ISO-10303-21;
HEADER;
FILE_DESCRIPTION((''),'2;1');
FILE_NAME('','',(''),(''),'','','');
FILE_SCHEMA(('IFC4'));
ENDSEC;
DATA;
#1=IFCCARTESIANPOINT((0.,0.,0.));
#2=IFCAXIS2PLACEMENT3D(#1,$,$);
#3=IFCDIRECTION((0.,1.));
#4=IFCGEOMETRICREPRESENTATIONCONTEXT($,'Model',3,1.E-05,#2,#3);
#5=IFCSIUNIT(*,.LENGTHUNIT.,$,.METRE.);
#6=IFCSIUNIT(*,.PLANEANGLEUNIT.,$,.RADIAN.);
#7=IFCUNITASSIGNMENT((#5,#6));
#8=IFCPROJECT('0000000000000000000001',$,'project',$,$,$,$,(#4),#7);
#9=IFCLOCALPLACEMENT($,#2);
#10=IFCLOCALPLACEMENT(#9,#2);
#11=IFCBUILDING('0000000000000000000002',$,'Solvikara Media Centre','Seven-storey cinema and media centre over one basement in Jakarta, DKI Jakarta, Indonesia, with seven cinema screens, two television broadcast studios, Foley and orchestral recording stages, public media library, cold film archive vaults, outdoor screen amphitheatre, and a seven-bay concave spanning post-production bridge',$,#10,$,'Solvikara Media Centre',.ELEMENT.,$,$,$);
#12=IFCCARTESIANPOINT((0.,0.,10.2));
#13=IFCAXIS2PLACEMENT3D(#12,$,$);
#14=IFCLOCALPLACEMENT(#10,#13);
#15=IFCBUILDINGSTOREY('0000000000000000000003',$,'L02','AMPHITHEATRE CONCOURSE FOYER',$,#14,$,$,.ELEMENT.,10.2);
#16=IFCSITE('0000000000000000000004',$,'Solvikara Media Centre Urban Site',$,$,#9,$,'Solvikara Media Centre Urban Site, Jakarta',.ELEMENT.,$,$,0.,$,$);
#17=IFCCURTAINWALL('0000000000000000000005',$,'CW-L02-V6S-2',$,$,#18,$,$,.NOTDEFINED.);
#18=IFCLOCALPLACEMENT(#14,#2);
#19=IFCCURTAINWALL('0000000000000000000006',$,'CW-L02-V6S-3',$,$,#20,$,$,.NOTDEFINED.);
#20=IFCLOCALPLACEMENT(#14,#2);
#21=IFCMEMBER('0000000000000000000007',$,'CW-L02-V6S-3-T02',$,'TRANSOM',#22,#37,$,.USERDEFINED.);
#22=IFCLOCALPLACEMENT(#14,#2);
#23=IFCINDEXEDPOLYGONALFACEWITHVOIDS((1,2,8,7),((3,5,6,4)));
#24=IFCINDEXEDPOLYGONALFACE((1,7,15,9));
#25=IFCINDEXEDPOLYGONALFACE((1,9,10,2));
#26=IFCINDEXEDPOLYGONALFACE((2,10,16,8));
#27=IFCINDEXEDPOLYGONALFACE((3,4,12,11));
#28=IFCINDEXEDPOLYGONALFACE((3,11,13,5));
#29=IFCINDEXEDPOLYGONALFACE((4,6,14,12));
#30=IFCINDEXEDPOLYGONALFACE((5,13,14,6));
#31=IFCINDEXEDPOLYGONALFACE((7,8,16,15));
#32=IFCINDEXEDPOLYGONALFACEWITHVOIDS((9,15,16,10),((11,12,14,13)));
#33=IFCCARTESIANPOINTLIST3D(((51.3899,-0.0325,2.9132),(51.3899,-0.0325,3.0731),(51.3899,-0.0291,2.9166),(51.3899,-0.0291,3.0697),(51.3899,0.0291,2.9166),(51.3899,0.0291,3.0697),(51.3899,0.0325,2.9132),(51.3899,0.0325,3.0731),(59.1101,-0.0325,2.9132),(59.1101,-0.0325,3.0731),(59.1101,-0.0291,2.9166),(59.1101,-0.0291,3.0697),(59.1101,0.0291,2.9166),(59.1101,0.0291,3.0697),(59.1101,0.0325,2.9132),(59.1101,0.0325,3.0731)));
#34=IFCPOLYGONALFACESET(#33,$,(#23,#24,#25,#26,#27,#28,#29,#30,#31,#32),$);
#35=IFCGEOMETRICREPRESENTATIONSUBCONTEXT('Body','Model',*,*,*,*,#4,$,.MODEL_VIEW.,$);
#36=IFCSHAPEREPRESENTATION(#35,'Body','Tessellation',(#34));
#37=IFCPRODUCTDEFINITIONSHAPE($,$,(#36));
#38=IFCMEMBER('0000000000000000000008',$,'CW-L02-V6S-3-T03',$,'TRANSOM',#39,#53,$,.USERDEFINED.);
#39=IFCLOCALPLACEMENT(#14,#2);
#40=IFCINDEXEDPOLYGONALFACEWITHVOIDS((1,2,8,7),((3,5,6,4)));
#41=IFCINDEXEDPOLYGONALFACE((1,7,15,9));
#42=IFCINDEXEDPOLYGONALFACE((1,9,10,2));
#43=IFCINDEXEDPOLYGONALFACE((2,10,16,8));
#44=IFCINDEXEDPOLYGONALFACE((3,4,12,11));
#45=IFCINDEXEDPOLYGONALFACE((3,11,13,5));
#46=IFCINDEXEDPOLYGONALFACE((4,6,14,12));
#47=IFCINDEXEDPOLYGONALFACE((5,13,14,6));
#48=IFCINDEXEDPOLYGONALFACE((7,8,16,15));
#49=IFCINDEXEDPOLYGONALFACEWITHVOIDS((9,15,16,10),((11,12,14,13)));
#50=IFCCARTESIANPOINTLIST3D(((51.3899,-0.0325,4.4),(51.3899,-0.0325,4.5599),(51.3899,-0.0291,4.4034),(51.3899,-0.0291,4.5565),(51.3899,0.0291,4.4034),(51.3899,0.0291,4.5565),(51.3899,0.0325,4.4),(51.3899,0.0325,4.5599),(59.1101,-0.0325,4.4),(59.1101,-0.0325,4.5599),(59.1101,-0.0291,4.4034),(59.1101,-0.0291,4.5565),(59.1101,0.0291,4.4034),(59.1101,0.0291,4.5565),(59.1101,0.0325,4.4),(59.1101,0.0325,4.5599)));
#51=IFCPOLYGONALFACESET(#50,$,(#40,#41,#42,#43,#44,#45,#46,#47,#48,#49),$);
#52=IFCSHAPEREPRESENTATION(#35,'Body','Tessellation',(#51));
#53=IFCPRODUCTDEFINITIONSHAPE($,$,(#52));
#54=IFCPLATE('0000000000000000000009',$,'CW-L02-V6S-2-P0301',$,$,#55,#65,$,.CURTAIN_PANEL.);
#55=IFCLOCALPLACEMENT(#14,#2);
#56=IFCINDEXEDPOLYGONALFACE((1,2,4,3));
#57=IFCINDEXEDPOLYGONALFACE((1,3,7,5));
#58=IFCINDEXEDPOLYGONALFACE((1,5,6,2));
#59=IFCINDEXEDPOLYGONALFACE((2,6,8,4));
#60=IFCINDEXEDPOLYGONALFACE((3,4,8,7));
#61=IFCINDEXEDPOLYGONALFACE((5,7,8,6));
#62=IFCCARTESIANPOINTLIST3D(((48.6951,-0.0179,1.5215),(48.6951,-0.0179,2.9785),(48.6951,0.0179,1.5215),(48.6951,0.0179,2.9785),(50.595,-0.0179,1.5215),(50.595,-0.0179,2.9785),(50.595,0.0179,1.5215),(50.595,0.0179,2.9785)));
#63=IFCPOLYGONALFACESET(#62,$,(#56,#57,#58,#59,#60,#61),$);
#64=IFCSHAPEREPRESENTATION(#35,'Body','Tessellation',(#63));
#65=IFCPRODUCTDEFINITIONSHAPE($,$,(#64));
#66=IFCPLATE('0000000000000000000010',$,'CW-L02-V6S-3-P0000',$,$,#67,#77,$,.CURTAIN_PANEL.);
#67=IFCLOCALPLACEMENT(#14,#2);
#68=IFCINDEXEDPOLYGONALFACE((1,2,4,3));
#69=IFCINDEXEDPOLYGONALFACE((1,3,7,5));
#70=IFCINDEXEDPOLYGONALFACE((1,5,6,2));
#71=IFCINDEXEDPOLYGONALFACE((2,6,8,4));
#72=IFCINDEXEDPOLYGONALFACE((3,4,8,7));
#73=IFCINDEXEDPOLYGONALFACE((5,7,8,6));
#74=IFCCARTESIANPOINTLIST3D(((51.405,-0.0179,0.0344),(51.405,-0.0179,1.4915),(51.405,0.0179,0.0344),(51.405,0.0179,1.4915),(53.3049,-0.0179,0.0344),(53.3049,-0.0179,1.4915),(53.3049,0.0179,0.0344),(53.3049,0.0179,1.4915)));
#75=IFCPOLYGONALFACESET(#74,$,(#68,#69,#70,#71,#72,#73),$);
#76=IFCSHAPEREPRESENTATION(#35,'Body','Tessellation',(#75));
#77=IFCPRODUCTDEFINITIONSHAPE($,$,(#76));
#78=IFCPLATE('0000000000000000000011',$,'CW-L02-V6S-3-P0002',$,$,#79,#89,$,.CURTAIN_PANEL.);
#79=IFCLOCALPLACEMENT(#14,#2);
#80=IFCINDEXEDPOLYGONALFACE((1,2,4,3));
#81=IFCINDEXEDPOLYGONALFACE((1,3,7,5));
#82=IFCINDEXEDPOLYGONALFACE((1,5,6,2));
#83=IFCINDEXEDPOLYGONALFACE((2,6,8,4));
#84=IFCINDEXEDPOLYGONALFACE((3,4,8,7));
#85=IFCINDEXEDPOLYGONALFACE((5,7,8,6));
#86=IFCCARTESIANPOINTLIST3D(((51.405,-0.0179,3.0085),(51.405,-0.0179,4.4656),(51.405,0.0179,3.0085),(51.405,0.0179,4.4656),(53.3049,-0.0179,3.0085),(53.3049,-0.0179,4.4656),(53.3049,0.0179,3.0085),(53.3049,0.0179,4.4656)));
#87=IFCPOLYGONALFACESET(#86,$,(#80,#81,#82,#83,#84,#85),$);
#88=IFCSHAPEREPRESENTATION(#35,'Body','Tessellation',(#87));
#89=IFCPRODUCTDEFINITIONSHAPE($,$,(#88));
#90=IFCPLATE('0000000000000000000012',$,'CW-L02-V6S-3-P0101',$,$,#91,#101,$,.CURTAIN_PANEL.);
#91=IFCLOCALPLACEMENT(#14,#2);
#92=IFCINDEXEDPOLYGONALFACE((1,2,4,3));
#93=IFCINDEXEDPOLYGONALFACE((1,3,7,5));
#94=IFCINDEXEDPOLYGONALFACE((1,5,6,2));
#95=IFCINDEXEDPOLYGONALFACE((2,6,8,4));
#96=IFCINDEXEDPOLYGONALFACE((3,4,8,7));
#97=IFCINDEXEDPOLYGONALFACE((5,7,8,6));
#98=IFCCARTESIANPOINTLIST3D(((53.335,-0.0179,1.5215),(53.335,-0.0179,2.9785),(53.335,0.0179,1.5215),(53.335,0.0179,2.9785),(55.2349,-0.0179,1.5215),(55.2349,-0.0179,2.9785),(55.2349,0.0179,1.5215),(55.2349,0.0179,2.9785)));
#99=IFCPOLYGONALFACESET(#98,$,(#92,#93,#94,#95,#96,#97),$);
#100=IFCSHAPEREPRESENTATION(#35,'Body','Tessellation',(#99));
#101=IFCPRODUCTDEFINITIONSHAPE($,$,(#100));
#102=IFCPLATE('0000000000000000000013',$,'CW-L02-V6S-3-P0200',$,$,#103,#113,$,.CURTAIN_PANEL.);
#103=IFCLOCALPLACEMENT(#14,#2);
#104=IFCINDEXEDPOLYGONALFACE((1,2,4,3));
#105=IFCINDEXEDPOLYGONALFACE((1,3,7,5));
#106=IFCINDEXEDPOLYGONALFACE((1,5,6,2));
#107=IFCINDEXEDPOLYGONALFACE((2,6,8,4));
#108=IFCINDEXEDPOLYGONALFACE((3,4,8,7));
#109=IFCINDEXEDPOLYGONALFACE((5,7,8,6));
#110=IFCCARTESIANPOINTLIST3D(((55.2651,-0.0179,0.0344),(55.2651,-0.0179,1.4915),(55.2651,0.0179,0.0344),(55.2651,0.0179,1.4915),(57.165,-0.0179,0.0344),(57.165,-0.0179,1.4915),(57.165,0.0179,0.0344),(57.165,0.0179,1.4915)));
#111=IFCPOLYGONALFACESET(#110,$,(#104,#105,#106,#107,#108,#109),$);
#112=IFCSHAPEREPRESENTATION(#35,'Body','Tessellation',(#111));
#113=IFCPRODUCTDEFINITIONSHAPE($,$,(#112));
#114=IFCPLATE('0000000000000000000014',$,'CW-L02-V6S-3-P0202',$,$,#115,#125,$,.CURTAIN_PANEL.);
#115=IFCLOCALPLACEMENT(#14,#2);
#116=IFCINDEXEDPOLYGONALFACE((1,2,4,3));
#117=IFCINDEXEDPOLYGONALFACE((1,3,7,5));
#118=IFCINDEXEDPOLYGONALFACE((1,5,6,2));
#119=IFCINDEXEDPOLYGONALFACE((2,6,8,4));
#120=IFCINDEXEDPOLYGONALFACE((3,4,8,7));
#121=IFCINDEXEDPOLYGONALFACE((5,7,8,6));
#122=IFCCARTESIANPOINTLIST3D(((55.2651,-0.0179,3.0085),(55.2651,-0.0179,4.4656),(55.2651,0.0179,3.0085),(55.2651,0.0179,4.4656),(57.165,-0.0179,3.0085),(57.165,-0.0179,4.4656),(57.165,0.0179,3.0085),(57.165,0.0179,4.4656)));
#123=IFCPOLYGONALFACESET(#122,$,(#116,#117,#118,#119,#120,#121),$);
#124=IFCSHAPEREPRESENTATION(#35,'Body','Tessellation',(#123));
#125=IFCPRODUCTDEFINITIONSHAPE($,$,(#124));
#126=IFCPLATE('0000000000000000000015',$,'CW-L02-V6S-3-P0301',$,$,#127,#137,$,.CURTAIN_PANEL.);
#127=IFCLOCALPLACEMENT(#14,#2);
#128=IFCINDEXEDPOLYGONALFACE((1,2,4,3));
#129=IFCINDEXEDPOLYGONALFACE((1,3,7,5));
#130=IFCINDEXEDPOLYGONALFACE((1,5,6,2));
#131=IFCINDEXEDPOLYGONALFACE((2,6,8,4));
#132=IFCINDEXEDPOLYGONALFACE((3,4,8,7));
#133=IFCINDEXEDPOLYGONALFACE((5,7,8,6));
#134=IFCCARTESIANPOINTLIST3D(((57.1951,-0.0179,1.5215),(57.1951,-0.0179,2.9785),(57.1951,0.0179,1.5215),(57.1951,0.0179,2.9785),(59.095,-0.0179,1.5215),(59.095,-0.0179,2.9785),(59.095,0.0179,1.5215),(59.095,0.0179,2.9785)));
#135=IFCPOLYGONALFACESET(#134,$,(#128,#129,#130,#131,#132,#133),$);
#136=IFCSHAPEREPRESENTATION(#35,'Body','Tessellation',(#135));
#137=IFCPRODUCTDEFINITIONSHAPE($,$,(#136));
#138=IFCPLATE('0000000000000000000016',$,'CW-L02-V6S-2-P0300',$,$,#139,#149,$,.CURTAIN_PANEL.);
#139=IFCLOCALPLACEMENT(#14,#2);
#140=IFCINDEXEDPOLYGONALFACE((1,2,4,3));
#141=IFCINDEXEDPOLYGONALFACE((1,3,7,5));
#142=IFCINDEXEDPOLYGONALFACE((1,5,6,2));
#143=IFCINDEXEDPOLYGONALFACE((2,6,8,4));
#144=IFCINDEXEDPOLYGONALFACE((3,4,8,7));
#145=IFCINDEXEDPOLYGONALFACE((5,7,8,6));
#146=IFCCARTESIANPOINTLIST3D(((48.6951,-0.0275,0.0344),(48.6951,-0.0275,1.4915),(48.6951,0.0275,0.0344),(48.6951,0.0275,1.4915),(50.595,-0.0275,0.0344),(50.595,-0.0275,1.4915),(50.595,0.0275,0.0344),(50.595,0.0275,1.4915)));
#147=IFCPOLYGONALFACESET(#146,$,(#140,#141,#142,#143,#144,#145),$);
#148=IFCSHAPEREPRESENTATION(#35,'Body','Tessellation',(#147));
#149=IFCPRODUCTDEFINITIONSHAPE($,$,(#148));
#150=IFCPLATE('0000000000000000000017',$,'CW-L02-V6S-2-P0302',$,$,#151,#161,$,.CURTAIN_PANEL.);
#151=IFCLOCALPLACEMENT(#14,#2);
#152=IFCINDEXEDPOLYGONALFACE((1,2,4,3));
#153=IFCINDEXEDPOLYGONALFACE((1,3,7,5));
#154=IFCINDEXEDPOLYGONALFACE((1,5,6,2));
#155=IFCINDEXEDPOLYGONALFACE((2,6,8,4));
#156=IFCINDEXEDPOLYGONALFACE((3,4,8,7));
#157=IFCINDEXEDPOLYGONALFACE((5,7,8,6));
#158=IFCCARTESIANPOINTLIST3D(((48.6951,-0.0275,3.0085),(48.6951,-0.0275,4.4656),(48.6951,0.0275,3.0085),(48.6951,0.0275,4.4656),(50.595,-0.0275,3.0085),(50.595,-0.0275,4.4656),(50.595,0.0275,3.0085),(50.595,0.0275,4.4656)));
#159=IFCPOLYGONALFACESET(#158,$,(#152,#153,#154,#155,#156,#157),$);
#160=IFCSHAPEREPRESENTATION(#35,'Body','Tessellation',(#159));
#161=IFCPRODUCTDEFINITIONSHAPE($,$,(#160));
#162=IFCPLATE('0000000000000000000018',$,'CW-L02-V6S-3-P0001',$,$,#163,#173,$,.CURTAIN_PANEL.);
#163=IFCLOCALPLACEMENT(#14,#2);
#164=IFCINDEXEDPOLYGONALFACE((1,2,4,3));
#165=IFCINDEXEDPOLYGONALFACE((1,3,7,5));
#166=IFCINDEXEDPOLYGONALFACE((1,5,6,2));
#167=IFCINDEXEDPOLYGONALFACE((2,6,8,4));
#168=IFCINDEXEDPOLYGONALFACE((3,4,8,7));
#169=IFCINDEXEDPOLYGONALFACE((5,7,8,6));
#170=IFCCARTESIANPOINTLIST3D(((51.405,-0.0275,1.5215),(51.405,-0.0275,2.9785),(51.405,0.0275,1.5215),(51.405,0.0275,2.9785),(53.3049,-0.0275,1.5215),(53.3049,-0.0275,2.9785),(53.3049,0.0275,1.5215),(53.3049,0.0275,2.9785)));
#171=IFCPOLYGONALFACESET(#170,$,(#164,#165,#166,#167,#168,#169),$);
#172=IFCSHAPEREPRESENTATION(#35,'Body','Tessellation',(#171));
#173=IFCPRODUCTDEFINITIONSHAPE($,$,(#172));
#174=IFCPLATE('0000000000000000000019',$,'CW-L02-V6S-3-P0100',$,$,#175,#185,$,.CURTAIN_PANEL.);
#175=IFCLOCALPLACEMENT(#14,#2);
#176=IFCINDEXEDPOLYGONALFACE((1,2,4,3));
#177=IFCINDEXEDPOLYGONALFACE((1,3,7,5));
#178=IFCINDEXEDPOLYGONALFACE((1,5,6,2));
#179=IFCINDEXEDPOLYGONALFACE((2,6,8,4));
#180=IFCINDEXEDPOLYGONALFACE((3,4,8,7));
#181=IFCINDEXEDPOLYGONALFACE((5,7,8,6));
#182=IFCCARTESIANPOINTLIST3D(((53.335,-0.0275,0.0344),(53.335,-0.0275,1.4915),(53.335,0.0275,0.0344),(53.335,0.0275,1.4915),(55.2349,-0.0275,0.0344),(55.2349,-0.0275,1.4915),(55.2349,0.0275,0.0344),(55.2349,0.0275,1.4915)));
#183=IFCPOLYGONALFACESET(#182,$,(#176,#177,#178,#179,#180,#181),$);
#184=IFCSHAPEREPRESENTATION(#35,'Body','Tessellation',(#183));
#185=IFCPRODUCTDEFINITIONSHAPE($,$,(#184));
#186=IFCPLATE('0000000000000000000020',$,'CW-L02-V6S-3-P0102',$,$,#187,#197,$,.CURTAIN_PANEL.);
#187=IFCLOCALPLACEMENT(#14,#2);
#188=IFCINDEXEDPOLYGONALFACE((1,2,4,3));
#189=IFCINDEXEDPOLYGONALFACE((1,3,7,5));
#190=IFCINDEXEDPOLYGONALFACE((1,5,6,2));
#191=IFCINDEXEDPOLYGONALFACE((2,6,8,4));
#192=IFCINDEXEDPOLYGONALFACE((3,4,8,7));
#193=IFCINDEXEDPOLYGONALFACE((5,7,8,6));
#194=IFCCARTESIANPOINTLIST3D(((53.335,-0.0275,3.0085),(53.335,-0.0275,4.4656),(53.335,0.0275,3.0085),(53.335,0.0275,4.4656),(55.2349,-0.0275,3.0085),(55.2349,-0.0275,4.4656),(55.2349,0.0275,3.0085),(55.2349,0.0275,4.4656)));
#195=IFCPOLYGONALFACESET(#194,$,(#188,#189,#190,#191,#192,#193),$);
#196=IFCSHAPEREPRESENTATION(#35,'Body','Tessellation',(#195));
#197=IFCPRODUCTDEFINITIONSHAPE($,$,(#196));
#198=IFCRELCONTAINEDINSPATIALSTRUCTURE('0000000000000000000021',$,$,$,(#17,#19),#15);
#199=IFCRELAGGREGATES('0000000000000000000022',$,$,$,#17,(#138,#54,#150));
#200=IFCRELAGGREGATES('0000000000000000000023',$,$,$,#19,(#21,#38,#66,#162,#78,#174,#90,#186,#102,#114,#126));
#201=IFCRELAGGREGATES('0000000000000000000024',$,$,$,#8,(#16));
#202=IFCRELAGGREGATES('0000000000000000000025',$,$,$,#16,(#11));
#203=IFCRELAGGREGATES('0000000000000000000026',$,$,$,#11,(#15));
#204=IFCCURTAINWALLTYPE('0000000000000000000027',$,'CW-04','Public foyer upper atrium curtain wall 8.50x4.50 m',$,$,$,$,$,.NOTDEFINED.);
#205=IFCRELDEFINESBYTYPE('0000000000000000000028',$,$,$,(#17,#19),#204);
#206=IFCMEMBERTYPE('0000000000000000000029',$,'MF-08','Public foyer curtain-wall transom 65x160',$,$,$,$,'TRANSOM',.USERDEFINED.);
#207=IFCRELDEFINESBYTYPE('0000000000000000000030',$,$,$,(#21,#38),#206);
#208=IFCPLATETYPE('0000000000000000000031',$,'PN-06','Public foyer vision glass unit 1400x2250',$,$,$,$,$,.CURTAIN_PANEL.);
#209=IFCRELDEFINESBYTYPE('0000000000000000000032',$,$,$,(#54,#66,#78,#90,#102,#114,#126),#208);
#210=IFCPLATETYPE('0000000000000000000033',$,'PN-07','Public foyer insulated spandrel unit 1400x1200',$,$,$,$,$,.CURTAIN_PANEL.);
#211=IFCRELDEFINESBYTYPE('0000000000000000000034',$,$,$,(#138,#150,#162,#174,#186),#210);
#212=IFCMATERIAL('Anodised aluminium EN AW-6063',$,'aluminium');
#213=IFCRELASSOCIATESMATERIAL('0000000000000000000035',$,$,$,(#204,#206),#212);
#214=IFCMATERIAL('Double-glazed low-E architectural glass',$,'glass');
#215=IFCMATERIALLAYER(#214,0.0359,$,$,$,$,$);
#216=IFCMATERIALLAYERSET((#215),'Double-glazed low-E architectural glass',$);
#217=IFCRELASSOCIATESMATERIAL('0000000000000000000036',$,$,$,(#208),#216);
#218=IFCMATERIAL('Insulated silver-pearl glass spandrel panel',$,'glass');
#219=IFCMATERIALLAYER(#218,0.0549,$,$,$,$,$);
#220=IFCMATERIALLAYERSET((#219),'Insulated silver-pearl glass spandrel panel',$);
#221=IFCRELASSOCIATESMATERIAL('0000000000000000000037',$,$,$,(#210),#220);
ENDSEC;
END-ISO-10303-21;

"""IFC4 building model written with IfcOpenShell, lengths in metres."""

from ifc_helpers import new_model, si_unit, direction, frame, origin, origin_2d, place, context, subcontext, project, spatial, rectangle, hollow_rectangle, extrude, material, layer, layer_set, material_profile, profile_set, type_object, element, aggregate, save


model = new_model("IFC4")

# Units and contexts
model_context = context("Model", 3, precision=1e-05, world=origin(), true_north=direction((0.0, 1.0)))
body_context = subcontext(model_context, "Body", "Model", "MODEL_VIEW")
ifc_project = project(units=[si_unit("LENGTHUNIT", "METRE"), si_unit("PLANEANGLEUNIT", "RADIAN")], contexts=[model_context])

# Site, building, storey
site_placement = place(None, origin())
site = spatial("IfcSite", under=ifc_project, at=site_placement, Name="Solvikara Media Centre Urban Site", LongName="Solvikara Media Centre Urban Site, Jakarta", CompositionType="ELEMENT", RefElevation=0.0)
building_placement = place(site_placement, origin())
building = spatial("IfcBuilding", under=site, at=building_placement, Name="Solvikara Media Centre", Description="Seven-storey cinema and media centre over one basement in Jakarta, DKI Jakarta, Indonesia, with seven cinema screens, two television broadcast studios, Foley and orchestral recording stages, public media library, cold film archive vaults, outdoor screen amphitheatre, and a seven-bay concave spanning post-production bridge", LongName="Solvikara Media Centre", CompositionType="ELEMENT")
storey_placement = place(building_placement, frame((0.0, 0.0, 10.2)))
storey = spatial("IfcBuildingStorey", under=building, at=storey_placement, Name="L02", Description="AMPHITHEATRE CONCOURSE FOYER", CompositionType="ELEMENT", Elevation=10.2)

# Curtain wall
ifc_material_1 = material(Name="Anodised aluminium EN AW-6063", Category="aluminium")
curtain_wall_type = type_object("IfcCurtainWallType", Name="CW-04", Description="Public foyer upper atrium curtain wall 8.50x4.50 m", PredefinedType="NOTDEFINED", material=ifc_material_1)
curtain_wall_1_placement = place(storey_placement, origin())
curtain_wall_1 = element("IfcCurtainWall", 1, at=curtain_wall_1_placement, inside=storey, type_object=curtain_wall_type, Name="CW-L02-V6S-2", PredefinedType="NOTDEFINED")

# Curtain wall, members
curtain_wall_2_placement = place(storey_placement, origin())
curtain_wall_2 = element("IfcCurtainWall", 2, at=curtain_wall_2_placement, inside=storey, type_object=curtain_wall_type, Name="CW-L02-V6S-3", PredefinedType="NOTDEFINED")
ifc_material_profile_1 = material_profile(ifc_material_1, hollow_rectangle(XDim=0.0649, YDim=0.1599, WallThickness=0.0034, at=origin_2d()), Name="ALU-T 65x160x3.5")
ifc_profile_set_1 = profile_set([ifc_material_profile_1], Name="Anodised aluminium EN AW-6063")
member_type_1 = type_object("IfcMemberType", Name="MF-08", Description="Public foyer curtain-wall transom 65x160", ElementType="TRANSOM", PredefinedType="USERDEFINED", material=ifc_profile_set_1)
member_1_placement = place(storey_placement, frame((51.3899, 0.0, 2.9932), z_axis=(1.0, 0.0, 0.0), x_axis=(0.0, 1.0, 0.0)))
member_1 = element("IfcMember", 3, at=member_1_placement, type_object=member_type_1, Name="CW-L02-V6S-3-T02", ObjectType="TRANSOM", PredefinedType="USERDEFINED", context=body_context, shape_type="SweptSolid", body=[
    extrude(hollow_rectangle(XDim=0.0649, YDim=0.1599, WallThickness=0.0034, at=origin_2d()), origin(), (0.0, 0.0, 1.0), 7.7202),
])
member_2_placement = place(storey_placement, frame((51.3899, 0.0, 4.48), z_axis=(1.0, 0.0, 0.0), x_axis=(0.0, 1.0, 0.0)))
member_2 = element("IfcMember", 4, at=member_2_placement, type_object=member_type_1, Name="CW-L02-V6S-3-T03", ObjectType="TRANSOM", PredefinedType="USERDEFINED", context=body_context, shape_type="SweptSolid", body=[
    extrude(hollow_rectangle(XDim=0.0649, YDim=0.1599, WallThickness=0.0034, at=origin_2d()), origin(), (0.0, 0.0, 1.0), 7.7202),
])

# Plates
ifc_material_2 = material(Name="Double-glazed low-E architectural glass", Category="glass")
ifc_layer_1 = layer(ifc_material_2, 0.0359)
ifc_layer_set_1 = layer_set([ifc_layer_1], Name="Double-glazed low-E architectural glass")
plate_type_1 = type_object("IfcPlateType", Name="PN-06", Description="Public foyer vision glass unit 1400x2250", PredefinedType="CURTAIN_PANEL", material=ifc_layer_set_1)
plate_1_placement = place(storey_placement, frame((49.645, 0.0, 1.5215), z_axis=(0.0, 0.0, 1.0), x_axis=(1.0, 0.0, 0.0)))
plate_1 = element("IfcPlate", 5, at=plate_1_placement, type_object=plate_type_1, Name="CW-L02-V6S-2-P0301", PredefinedType="CURTAIN_PANEL", context=body_context, shape_type="SweptSolid", body=[
    extrude(rectangle(XDim=1.8999, YDim=0.0359, at=origin_2d()), origin(), (0.0, 0.0, 1.0), 1.457),
])
plate_2_placement = place(storey_placement, frame((52.355, 0.0, 0.0344), z_axis=(0.0, 0.0, 1.0), x_axis=(1.0, 0.0, 0.0)))
plate_2 = element("IfcPlate", 6, at=plate_2_placement, type_object=plate_type_1, Name="CW-L02-V6S-3-P0000", PredefinedType="CURTAIN_PANEL", context=body_context, shape_type="SweptSolid", body=[
    extrude(rectangle(XDim=1.8999, YDim=0.0359, at=origin_2d()), origin(), (0.0, 0.0, 1.0), 1.457),
])
plate_3_placement = place(storey_placement, frame((52.355, 0.0, 3.0085), z_axis=(0.0, 0.0, 1.0), x_axis=(1.0, 0.0, 0.0)))
plate_3 = element("IfcPlate", 7, at=plate_3_placement, type_object=plate_type_1, Name="CW-L02-V6S-3-P0002", PredefinedType="CURTAIN_PANEL", context=body_context, shape_type="SweptSolid", body=[
    extrude(rectangle(XDim=1.8999, YDim=0.0359, at=origin_2d()), origin(), (0.0, 0.0, 1.0), 1.457),
])
plate_4_placement = place(storey_placement, frame((54.2849, 0.0, 1.5215), z_axis=(0.0, 0.0, 1.0), x_axis=(1.0, 0.0, 0.0)))
plate_4 = element("IfcPlate", 8, at=plate_4_placement, type_object=plate_type_1, Name="CW-L02-V6S-3-P0101", PredefinedType="CURTAIN_PANEL", context=body_context, shape_type="SweptSolid", body=[
    extrude(rectangle(XDim=1.8999, YDim=0.0359, at=origin_2d()), origin(), (0.0, 0.0, 1.0), 1.457),
])
plate_5_placement = place(storey_placement, frame((56.2151, 0.0, 0.0344), z_axis=(0.0, 0.0, 1.0), x_axis=(1.0, 0.0, 0.0)))
plate_5 = element("IfcPlate", 9, at=plate_5_placement, type_object=plate_type_1, Name="CW-L02-V6S-3-P0200", PredefinedType="CURTAIN_PANEL", context=body_context, shape_type="SweptSolid", body=[
    extrude(rectangle(XDim=1.8999, YDim=0.0359, at=origin_2d()), origin(), (0.0, 0.0, 1.0), 1.457),
])
plate_6_placement = place(storey_placement, frame((56.2151, 0.0, 3.0085), z_axis=(0.0, 0.0, 1.0), x_axis=(1.0, 0.0, 0.0)))
plate_6 = element("IfcPlate", 10, at=plate_6_placement, type_object=plate_type_1, Name="CW-L02-V6S-3-P0202", PredefinedType="CURTAIN_PANEL", context=body_context, shape_type="SweptSolid", body=[
    extrude(rectangle(XDim=1.8999, YDim=0.0359, at=origin_2d()), origin(), (0.0, 0.0, 1.0), 1.457),
])
plate_7_placement = place(storey_placement, frame((58.145, 0.0, 1.5215), z_axis=(0.0, 0.0, 1.0), x_axis=(1.0, 0.0, 0.0)))
plate_7 = element("IfcPlate", 11, at=plate_7_placement, type_object=plate_type_1, Name="CW-L02-V6S-3-P0301", PredefinedType="CURTAIN_PANEL", context=body_context, shape_type="SweptSolid", body=[
    extrude(rectangle(XDim=1.8999, YDim=0.0359, at=origin_2d()), origin(), (0.0, 0.0, 1.0), 1.457),
])
ifc_material_3 = material(Name="Insulated silver-pearl glass spandrel panel", Category="glass")
ifc_layer_2 = layer(ifc_material_3, 0.0549)
ifc_layer_set_2 = layer_set([ifc_layer_2], Name="Insulated silver-pearl glass spandrel panel")
plate_type_2 = type_object("IfcPlateType", Name="PN-07", Description="Public foyer insulated spandrel unit 1400x1200", PredefinedType="CURTAIN_PANEL", material=ifc_layer_set_2)
plate_8_placement = place(storey_placement, frame((49.645, 0.0, 0.0344), z_axis=(0.0, 0.0, 1.0), x_axis=(1.0, 0.0, 0.0)))
plate_8 = element("IfcPlate", 12, at=plate_8_placement, type_object=plate_type_2, Name="CW-L02-V6S-2-P0300", PredefinedType="CURTAIN_PANEL", context=body_context, shape_type="SweptSolid", body=[
    extrude(rectangle(XDim=1.8999, YDim=0.0549, at=origin_2d()), origin(), (0.0, 0.0, 1.0), 1.457),
])
plate_9_placement = place(storey_placement, frame((49.645, 0.0, 3.0085), z_axis=(0.0, 0.0, 1.0), x_axis=(1.0, 0.0, 0.0)))
plate_9 = element("IfcPlate", 13, at=plate_9_placement, type_object=plate_type_2, Name="CW-L02-V6S-2-P0302", PredefinedType="CURTAIN_PANEL", context=body_context, shape_type="SweptSolid", body=[
    extrude(rectangle(XDim=1.8999, YDim=0.0549, at=origin_2d()), origin(), (0.0, 0.0, 1.0), 1.457),
])
aggregate(curtain_wall_1, [plate_8, plate_1, plate_9])
plate_10_placement = place(storey_placement, frame((52.355, 0.0, 1.5215), z_axis=(0.0, 0.0, 1.0), x_axis=(1.0, 0.0, 0.0)))
plate_10 = element("IfcPlate", 14, at=plate_10_placement, type_object=plate_type_2, Name="CW-L02-V6S-3-P0001", PredefinedType="CURTAIN_PANEL", context=body_context, shape_type="SweptSolid", body=[
    extrude(rectangle(XDim=1.8999, YDim=0.0549, at=origin_2d()), origin(), (0.0, 0.0, 1.0), 1.457),
])
plate_11_placement = place(storey_placement, frame((54.2849, 0.0, 0.0344), z_axis=(0.0, 0.0, 1.0), x_axis=(1.0, 0.0, 0.0)))
plate_11 = element("IfcPlate", 15, at=plate_11_placement, type_object=plate_type_2, Name="CW-L02-V6S-3-P0100", PredefinedType="CURTAIN_PANEL", context=body_context, shape_type="SweptSolid", body=[
    extrude(rectangle(XDim=1.8999, YDim=0.0549, at=origin_2d()), origin(), (0.0, 0.0, 1.0), 1.457),
])
plate_12_placement = place(storey_placement, frame((54.2849, 0.0, 3.0085), z_axis=(0.0, 0.0, 1.0), x_axis=(1.0, 0.0, 0.0)))
plate_12 = element("IfcPlate", 16, at=plate_12_placement, type_object=plate_type_2, Name="CW-L02-V6S-3-P0102", PredefinedType="CURTAIN_PANEL", context=body_context, shape_type="SweptSolid", body=[
    extrude(rectangle(XDim=1.8999, YDim=0.0549, at=origin_2d()), origin(), (0.0, 0.0, 1.0), 1.457),
])
aggregate(curtain_wall_2, [member_1, member_2, plate_2, plate_10, plate_3, plate_11, plate_4, plate_12, plate_5, plate_6, plate_7])

save(model, "model.ifc")
